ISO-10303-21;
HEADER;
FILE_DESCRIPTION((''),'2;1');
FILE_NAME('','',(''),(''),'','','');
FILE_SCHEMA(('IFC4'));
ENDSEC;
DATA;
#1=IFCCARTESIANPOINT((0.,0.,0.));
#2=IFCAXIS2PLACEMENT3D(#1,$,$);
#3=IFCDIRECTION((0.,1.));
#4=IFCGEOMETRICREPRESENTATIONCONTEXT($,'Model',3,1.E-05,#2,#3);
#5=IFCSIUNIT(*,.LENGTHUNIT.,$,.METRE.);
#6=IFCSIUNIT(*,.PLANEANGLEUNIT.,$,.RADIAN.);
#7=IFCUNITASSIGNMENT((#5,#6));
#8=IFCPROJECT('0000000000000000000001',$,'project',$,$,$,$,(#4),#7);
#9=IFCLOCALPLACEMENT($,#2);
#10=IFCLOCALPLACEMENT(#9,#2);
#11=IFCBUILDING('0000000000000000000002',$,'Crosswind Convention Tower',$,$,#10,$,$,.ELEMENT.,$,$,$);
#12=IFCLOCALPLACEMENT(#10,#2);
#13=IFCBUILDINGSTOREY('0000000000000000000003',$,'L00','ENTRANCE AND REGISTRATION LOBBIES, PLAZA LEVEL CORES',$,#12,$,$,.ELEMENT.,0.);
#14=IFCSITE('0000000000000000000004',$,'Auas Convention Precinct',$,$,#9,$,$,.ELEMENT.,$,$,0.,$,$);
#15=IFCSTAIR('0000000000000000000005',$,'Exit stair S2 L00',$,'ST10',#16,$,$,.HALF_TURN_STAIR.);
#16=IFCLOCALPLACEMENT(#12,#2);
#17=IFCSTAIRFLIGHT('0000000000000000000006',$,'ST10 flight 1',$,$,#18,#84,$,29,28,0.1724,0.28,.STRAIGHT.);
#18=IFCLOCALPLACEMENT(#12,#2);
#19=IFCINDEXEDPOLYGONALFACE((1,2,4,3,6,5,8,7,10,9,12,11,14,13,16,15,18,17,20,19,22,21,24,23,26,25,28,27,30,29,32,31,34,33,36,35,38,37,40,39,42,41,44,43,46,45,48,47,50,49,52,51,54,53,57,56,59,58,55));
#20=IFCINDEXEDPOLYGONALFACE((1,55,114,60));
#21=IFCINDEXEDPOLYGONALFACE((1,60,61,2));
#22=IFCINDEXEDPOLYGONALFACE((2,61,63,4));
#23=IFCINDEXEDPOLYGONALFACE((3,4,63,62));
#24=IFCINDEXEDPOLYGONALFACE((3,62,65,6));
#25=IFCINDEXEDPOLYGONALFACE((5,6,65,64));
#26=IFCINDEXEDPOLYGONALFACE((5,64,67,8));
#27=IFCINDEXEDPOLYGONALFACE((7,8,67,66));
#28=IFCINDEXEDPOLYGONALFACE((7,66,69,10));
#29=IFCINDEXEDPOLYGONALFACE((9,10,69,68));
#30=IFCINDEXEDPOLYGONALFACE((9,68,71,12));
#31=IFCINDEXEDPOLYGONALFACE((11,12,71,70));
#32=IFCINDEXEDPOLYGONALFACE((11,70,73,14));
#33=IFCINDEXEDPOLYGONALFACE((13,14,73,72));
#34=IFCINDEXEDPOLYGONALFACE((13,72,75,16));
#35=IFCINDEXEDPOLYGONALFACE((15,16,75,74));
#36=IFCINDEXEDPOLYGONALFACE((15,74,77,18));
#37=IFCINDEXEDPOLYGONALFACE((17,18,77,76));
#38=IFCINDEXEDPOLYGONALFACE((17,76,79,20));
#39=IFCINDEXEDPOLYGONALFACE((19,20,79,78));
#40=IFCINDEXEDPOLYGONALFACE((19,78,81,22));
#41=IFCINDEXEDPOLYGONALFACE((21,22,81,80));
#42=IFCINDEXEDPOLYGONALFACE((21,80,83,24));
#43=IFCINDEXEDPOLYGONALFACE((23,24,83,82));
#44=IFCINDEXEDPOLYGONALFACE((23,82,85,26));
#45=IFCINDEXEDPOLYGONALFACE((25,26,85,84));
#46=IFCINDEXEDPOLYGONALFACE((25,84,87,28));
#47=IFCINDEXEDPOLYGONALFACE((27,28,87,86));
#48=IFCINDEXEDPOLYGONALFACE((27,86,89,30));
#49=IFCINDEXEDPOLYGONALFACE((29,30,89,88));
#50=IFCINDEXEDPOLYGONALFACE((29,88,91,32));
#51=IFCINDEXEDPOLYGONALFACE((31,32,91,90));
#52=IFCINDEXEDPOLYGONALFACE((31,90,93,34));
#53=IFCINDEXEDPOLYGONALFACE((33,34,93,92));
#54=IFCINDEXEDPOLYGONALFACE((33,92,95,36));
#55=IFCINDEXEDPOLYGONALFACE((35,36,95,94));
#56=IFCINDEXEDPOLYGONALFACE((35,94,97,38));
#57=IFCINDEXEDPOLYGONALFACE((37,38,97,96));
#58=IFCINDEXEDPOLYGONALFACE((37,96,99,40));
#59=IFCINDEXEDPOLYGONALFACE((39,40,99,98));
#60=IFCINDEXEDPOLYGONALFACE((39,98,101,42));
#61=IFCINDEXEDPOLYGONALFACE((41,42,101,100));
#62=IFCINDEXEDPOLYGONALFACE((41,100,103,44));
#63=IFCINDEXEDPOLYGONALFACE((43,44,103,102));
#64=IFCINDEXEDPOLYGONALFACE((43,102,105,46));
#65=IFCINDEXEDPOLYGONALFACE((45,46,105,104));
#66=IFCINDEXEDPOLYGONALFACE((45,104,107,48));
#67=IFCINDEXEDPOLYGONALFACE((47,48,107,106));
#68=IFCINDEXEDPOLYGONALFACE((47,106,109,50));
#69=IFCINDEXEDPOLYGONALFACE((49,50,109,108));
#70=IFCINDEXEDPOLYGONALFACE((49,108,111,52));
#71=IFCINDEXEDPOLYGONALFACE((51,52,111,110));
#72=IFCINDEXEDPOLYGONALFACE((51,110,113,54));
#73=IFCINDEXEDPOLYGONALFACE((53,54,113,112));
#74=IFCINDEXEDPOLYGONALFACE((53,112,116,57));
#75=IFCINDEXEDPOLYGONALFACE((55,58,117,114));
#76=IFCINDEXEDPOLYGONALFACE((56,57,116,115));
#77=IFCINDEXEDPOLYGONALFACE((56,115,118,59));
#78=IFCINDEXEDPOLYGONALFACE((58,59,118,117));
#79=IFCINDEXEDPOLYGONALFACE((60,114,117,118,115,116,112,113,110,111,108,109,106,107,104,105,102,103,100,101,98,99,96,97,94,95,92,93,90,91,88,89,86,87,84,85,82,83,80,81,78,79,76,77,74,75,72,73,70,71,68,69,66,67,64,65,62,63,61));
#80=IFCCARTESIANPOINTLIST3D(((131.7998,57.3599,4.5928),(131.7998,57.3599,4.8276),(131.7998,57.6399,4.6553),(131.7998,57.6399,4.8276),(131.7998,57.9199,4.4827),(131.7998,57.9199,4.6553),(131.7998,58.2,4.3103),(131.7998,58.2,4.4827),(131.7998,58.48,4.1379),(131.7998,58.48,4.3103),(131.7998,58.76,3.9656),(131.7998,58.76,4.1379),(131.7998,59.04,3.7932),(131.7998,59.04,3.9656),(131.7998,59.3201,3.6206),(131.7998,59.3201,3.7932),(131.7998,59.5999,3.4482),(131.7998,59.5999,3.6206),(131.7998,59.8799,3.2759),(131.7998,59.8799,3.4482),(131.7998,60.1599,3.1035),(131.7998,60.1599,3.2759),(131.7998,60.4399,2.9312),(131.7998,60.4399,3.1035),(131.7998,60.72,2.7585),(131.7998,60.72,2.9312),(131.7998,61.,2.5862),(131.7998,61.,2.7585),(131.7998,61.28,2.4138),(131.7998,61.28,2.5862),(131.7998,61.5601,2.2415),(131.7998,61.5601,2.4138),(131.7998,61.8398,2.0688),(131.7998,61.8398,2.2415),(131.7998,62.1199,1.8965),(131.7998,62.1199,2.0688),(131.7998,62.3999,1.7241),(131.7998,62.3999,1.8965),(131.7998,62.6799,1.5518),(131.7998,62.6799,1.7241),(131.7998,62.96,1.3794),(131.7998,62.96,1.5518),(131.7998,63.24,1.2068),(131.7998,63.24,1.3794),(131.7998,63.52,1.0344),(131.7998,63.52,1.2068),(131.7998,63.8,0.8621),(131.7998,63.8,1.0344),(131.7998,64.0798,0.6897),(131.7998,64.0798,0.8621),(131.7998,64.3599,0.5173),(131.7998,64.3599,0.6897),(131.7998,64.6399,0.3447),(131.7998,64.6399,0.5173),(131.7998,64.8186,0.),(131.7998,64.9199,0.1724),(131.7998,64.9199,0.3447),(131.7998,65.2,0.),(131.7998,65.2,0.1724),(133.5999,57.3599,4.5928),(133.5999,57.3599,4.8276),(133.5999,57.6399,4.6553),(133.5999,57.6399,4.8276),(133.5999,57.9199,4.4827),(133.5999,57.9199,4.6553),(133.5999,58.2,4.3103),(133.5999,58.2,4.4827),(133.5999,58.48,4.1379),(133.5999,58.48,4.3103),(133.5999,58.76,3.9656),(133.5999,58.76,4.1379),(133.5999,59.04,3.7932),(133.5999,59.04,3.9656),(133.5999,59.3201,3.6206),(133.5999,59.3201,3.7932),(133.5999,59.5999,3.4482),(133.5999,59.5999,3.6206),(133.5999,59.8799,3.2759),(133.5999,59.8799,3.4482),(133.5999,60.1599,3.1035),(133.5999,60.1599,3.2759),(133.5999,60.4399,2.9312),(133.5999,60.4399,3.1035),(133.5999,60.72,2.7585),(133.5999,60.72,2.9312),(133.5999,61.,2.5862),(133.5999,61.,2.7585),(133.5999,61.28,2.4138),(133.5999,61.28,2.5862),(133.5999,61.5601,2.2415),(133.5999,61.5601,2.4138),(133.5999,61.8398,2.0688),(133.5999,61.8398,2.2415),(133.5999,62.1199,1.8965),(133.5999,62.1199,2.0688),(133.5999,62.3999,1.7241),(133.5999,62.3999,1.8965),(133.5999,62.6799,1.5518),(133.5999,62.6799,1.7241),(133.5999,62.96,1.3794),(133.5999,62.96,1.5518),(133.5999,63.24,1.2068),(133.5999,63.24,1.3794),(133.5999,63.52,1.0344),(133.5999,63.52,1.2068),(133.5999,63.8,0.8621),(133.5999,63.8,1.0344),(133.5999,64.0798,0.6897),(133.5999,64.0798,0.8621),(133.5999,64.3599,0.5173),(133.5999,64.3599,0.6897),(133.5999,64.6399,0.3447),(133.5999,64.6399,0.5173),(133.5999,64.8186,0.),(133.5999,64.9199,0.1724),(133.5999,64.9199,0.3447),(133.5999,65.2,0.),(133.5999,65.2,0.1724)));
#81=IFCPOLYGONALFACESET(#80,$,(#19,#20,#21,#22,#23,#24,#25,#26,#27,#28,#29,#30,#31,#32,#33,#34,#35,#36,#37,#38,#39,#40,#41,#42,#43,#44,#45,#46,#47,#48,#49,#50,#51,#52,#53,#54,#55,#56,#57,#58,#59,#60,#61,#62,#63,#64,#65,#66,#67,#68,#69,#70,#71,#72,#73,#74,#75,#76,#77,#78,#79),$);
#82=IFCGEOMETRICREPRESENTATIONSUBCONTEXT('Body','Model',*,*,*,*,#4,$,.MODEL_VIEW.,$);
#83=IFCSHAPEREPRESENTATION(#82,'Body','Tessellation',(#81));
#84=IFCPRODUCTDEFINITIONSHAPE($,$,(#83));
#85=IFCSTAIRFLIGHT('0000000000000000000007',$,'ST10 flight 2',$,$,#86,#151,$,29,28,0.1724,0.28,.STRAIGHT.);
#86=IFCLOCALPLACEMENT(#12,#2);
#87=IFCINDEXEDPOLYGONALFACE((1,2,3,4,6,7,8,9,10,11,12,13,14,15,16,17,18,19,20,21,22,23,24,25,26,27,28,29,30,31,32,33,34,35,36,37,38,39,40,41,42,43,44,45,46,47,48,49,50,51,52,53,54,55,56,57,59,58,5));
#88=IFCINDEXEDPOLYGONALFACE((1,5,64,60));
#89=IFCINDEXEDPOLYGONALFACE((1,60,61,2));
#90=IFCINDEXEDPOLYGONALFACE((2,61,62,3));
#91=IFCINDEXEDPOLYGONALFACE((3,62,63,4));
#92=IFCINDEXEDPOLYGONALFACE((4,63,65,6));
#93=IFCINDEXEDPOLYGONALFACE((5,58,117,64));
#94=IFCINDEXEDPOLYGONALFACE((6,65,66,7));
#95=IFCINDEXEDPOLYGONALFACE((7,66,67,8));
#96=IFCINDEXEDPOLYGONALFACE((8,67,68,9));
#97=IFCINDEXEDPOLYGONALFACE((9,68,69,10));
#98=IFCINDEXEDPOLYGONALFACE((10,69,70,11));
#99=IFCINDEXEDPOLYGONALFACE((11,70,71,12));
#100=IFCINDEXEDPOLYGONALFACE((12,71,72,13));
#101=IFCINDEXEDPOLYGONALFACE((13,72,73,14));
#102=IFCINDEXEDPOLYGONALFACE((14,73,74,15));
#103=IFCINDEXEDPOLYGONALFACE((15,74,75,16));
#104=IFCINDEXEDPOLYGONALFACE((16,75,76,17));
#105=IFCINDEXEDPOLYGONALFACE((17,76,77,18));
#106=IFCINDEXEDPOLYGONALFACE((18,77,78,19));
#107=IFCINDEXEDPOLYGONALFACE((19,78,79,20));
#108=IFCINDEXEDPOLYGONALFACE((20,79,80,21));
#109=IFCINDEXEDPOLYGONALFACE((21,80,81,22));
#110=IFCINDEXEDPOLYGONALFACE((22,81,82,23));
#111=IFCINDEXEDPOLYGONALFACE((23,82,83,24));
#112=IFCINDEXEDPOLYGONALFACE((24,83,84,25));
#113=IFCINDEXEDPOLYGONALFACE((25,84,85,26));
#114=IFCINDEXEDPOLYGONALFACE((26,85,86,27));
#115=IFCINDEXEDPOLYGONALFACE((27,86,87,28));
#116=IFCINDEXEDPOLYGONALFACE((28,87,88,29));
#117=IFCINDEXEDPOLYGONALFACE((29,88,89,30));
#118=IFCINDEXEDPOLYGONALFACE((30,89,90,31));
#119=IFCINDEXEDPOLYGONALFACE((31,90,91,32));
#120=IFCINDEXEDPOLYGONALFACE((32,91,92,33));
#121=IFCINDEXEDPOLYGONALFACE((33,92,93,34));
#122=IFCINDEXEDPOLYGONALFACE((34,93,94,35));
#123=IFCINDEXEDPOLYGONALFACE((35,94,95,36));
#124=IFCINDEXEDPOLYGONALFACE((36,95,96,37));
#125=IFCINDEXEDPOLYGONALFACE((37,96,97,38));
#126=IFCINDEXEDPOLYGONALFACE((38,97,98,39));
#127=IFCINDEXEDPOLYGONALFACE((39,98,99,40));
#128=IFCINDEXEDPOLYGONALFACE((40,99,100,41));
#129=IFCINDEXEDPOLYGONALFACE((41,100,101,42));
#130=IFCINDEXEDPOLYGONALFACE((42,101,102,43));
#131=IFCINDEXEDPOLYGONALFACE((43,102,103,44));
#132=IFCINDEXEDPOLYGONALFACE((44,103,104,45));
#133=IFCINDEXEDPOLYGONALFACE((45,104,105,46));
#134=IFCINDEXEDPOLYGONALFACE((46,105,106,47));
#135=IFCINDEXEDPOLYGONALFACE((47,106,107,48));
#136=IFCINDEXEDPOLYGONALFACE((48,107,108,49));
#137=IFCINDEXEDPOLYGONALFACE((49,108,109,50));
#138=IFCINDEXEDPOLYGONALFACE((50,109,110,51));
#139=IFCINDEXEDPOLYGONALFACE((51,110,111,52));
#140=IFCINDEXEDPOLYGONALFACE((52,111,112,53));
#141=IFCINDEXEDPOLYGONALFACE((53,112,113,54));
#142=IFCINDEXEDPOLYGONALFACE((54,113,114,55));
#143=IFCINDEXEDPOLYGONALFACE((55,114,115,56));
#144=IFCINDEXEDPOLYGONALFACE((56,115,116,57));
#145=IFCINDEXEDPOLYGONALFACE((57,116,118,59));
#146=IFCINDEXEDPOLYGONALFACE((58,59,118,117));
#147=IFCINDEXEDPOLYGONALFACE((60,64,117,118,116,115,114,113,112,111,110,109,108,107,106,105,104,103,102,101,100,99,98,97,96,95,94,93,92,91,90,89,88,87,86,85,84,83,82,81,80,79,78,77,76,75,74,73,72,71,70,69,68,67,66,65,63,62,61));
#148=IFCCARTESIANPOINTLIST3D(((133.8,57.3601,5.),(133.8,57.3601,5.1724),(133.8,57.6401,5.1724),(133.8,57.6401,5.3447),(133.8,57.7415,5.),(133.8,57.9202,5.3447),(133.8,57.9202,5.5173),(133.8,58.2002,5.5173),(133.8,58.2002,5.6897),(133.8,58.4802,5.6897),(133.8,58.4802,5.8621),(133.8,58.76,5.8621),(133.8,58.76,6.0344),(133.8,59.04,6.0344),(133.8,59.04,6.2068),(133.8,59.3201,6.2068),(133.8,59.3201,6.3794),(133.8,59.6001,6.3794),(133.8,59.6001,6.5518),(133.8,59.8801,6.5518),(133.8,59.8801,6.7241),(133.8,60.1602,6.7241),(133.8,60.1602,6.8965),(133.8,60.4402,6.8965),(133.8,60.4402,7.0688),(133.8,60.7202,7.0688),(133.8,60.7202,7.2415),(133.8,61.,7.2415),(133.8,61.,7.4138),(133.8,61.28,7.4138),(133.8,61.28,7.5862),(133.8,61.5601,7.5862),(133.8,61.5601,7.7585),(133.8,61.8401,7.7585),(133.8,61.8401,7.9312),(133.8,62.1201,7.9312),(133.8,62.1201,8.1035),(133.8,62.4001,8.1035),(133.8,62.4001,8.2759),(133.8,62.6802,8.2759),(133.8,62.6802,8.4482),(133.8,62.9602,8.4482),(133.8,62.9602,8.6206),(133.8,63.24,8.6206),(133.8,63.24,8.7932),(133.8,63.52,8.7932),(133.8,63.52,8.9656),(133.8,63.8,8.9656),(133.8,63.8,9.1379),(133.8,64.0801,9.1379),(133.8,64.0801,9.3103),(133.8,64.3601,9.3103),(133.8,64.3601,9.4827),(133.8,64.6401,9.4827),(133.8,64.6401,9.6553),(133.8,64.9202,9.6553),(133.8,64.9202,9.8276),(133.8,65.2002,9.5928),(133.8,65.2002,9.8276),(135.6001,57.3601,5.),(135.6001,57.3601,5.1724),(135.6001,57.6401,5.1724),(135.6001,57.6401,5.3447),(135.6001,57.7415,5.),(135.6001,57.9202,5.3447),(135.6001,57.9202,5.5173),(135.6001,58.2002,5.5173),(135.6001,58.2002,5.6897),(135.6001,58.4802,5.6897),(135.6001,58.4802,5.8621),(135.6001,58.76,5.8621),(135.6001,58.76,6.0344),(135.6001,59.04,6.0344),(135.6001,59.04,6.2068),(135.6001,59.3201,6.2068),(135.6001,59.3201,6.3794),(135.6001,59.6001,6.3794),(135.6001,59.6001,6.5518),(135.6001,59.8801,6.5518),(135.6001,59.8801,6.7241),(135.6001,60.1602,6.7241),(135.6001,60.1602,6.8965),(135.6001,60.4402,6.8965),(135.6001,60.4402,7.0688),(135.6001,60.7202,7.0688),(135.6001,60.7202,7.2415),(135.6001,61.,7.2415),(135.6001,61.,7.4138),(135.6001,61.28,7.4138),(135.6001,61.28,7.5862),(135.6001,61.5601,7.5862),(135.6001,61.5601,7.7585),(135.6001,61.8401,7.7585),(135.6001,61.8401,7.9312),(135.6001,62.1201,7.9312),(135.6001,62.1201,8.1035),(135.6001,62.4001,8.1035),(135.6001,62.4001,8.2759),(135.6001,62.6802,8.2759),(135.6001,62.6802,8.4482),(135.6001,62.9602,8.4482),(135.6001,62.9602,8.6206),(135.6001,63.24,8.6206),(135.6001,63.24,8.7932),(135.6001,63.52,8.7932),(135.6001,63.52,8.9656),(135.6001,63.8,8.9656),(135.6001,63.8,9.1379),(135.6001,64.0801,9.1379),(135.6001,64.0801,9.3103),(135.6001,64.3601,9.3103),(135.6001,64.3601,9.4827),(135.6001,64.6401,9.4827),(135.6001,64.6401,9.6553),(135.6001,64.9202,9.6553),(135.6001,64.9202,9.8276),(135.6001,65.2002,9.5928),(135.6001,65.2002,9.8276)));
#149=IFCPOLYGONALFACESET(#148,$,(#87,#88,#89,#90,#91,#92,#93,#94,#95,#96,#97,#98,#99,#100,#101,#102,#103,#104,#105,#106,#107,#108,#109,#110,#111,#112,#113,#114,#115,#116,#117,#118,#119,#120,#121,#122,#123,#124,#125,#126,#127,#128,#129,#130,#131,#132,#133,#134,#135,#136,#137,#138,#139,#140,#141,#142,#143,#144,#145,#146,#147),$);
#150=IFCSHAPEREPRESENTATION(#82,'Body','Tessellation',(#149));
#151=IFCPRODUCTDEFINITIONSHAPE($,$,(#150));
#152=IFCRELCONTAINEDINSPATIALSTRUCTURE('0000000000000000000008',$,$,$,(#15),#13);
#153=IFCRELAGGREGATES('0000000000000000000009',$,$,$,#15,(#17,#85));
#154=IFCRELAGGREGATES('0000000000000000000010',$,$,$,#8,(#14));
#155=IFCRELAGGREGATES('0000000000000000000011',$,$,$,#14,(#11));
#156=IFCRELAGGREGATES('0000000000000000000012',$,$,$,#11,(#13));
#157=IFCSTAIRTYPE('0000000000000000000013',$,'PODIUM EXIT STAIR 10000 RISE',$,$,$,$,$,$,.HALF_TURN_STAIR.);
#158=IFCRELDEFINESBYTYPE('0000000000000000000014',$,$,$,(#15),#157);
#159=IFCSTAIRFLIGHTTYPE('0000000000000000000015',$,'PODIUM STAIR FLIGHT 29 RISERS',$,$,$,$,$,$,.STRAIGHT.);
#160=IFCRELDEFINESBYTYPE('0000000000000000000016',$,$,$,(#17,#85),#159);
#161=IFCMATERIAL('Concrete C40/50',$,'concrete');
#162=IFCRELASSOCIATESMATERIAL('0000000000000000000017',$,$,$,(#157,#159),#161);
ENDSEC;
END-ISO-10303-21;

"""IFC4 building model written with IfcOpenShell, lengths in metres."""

from ifc_helpers import new_model, si_unit, direction, frame, origin, place, context, subcontext, project, spatial, polyline, outline, extrude, material, type_object, element, aggregate, save


model = new_model("IFC4")

# Units and contexts
model_context = context("Model", 3, precision=1e-05, world=origin(), true_north=direction((0.0, 1.0)))
body_context = subcontext(model_context, "Body", "Model", "MODEL_VIEW")
ifc_project = project(units=[si_unit("LENGTHUNIT", "METRE"), si_unit("PLANEANGLEUNIT", "RADIAN")], contexts=[model_context])

# Site, building, storey
site_placement = place(None, origin())
site = spatial("IfcSite", under=ifc_project, at=site_placement, Name="Auas Convention Precinct", CompositionType="ELEMENT", RefElevation=0.0)
building_placement = place(site_placement, origin())
building = spatial("IfcBuilding", under=site, at=building_placement, Name="Crosswind Convention Tower", CompositionType="ELEMENT")
storey_placement = place(building_placement, origin())
storey = spatial("IfcBuildingStorey", under=building, at=storey_placement, Name="L00", Description="ENTRANCE AND REGISTRATION LOBBIES, PLAZA LEVEL CORES", CompositionType="ELEMENT", Elevation=0.0)

# Shared definitions
ifc_material_1 = material(Name="Concrete C40/50", Category="concrete")

# Stair, stair flights
stair_type = type_object("IfcStairType", Name="PODIUM EXIT STAIR 10000 RISE", PredefinedType="HALF_TURN_STAIR", material=ifc_material_1)
stair_placement = place(storey_placement, origin())
stair = element("IfcStair", 1, at=stair_placement, inside=storey, type_object=stair_type, Name="Exit stair S2 L00", ObjectType="ST10", PredefinedType="HALF_TURN_STAIR")
stair_flight_type = type_object("IfcStairFlightType", Name="PODIUM STAIR FLIGHT 29 RISERS", PredefinedType="STRAIGHT", material=ifc_material_1)
stair_flight_1_placement = place(storey_placement, frame((132.7, 65.2, 0.0), z_axis=(0.0, 0.0, 1.0), x_axis=(0.0, -1.0, 0.0)))
stair_flight_1 = element("IfcStairFlight", 2, at=stair_flight_1_placement, type_object=stair_flight_type, Name="ST10 flight 1", NumberOfRisers=29, NumberOfTreads=28, PredefinedType="STRAIGHT", RiserHeight=0.1724, TreadLength=0.28, context=body_context, shape_type="SweptSolid", body=[
    extrude(outline(polyline([(0.0, 0.0), (0.0, 0.1724), (0.28, 0.1724), (0.28, 0.3447), (0.5601, 0.3447), (0.5601, 0.5173), (0.8401, 0.5173), (0.8401, 0.6897), (1.1201, 0.6897), (1.1201, 0.8621), (1.3999, 0.8621), (1.3999, 1.0344), (1.6799, 1.0344), (1.6799, 1.2068), (1.96, 1.2068), (1.96, 1.3794), (2.24, 1.3794), (2.24, 1.5518), (2.52, 1.5518), (2.52, 1.7241), (2.8, 1.7241), (2.8, 1.8965), (3.0801, 1.8965), (3.0801, 2.0688), (3.3601, 2.0688), (3.3601, 2.2415), (3.6399, 2.2415), (3.6399, 2.4138), (3.9199, 2.4138), (3.9199, 2.5862), (4.2, 2.5862), (4.2, 2.7585), (4.48, 2.7585), (4.48, 2.9312), (4.76, 2.9312), (4.76, 3.1035), (5.04, 3.1035), (5.04, 3.2759), (5.3201, 3.2759), (5.3201, 3.4482), (5.6001, 3.4482), (5.6001, 3.6206), (5.8799, 3.6206), (5.8799, 3.7932), (6.1599, 3.7932), (6.1599, 3.9656), (6.4399, 3.9656), (6.4399, 4.1379), (6.72, 4.1379), (6.72, 4.3103), (7.0, 4.3103), (7.0, 4.4827), (7.28, 4.4827), (7.28, 4.6553), (7.5601, 4.6553), (7.5601, 4.8276), (7.8401, 4.8276), (7.8401, 5.0), (7.8401, 4.5928), (0.3813, 0.0), (0.0, 0.0)])), frame((0.0, 0.8999, 0.0), z_axis=(0.0, -1.0, 0.0), x_axis=(1.0, 0.0, 0.0)), (0.0, 0.0, 1.0), 1.8),
])
stair_flight_2_placement = place(storey_placement, frame((134.7, 57.3601, 5.0), z_axis=(0.0, 0.0, 1.0), x_axis=(0.0, 1.0, 0.0)))
stair_flight_2 = element("IfcStairFlight", 3, at=stair_flight_2_placement, type_object=stair_flight_type, Name="ST10 flight 2", NumberOfRisers=29, NumberOfTreads=28, PredefinedType="STRAIGHT", RiserHeight=0.1724, TreadLength=0.28, context=body_context, shape_type="SweptSolid", body=[
    extrude(outline(polyline([(0.0, 0.0), (0.0, 0.1724), (0.28, 0.1724), (0.28, 0.3447), (0.5601, 0.3447), (0.5601, 0.5173), (0.8401, 0.5173), (0.8401, 0.6897), (1.1201, 0.6897), (1.1201, 0.8621), (1.3999, 0.8621), (1.3999, 1.0344), (1.6799, 1.0344), (1.6799, 1.2068), (1.96, 1.2068), (1.96, 1.3794), (2.24, 1.3794), (2.24, 1.5518), (2.52, 1.5518), (2.52, 1.7241), (2.8, 1.7241), (2.8, 1.8965), (3.0801, 1.8965), (3.0801, 2.0688), (3.3601, 2.0688), (3.3601, 2.2415), (3.6399, 2.2415), (3.6399, 2.4138), (3.9199, 2.4138), (3.9199, 2.5862), (4.2, 2.5862), (4.2, 2.7585), (4.48, 2.7585), (4.48, 2.9312), (4.76, 2.9312), (4.76, 3.1035), (5.04, 3.1035), (5.04, 3.2759), (5.3201, 3.2759), (5.3201, 3.4482), (5.6001, 3.4482), (5.6001, 3.6206), (5.8799, 3.6206), (5.8799, 3.7932), (6.1599, 3.7932), (6.1599, 3.9656), (6.4399, 3.9656), (6.4399, 4.1379), (6.72, 4.1379), (6.72, 4.3103), (7.0, 4.3103), (7.0, 4.4827), (7.28, 4.4827), (7.28, 4.6553), (7.5601, 4.6553), (7.5601, 4.8276), (7.8401, 4.8276), (7.8401, 5.0), (7.8401, 4.5928), (0.3813, 0.0), (0.0, 0.0)])), frame((0.0, 0.8999, 0.0), z_axis=(0.0, -1.0, 0.0), x_axis=(1.0, 0.0, 0.0)), (0.0, 0.0, 1.0), 1.8),
])
aggregate(stair, [stair_flight_1, stair_flight_2])

save(model, "model.ifc")
